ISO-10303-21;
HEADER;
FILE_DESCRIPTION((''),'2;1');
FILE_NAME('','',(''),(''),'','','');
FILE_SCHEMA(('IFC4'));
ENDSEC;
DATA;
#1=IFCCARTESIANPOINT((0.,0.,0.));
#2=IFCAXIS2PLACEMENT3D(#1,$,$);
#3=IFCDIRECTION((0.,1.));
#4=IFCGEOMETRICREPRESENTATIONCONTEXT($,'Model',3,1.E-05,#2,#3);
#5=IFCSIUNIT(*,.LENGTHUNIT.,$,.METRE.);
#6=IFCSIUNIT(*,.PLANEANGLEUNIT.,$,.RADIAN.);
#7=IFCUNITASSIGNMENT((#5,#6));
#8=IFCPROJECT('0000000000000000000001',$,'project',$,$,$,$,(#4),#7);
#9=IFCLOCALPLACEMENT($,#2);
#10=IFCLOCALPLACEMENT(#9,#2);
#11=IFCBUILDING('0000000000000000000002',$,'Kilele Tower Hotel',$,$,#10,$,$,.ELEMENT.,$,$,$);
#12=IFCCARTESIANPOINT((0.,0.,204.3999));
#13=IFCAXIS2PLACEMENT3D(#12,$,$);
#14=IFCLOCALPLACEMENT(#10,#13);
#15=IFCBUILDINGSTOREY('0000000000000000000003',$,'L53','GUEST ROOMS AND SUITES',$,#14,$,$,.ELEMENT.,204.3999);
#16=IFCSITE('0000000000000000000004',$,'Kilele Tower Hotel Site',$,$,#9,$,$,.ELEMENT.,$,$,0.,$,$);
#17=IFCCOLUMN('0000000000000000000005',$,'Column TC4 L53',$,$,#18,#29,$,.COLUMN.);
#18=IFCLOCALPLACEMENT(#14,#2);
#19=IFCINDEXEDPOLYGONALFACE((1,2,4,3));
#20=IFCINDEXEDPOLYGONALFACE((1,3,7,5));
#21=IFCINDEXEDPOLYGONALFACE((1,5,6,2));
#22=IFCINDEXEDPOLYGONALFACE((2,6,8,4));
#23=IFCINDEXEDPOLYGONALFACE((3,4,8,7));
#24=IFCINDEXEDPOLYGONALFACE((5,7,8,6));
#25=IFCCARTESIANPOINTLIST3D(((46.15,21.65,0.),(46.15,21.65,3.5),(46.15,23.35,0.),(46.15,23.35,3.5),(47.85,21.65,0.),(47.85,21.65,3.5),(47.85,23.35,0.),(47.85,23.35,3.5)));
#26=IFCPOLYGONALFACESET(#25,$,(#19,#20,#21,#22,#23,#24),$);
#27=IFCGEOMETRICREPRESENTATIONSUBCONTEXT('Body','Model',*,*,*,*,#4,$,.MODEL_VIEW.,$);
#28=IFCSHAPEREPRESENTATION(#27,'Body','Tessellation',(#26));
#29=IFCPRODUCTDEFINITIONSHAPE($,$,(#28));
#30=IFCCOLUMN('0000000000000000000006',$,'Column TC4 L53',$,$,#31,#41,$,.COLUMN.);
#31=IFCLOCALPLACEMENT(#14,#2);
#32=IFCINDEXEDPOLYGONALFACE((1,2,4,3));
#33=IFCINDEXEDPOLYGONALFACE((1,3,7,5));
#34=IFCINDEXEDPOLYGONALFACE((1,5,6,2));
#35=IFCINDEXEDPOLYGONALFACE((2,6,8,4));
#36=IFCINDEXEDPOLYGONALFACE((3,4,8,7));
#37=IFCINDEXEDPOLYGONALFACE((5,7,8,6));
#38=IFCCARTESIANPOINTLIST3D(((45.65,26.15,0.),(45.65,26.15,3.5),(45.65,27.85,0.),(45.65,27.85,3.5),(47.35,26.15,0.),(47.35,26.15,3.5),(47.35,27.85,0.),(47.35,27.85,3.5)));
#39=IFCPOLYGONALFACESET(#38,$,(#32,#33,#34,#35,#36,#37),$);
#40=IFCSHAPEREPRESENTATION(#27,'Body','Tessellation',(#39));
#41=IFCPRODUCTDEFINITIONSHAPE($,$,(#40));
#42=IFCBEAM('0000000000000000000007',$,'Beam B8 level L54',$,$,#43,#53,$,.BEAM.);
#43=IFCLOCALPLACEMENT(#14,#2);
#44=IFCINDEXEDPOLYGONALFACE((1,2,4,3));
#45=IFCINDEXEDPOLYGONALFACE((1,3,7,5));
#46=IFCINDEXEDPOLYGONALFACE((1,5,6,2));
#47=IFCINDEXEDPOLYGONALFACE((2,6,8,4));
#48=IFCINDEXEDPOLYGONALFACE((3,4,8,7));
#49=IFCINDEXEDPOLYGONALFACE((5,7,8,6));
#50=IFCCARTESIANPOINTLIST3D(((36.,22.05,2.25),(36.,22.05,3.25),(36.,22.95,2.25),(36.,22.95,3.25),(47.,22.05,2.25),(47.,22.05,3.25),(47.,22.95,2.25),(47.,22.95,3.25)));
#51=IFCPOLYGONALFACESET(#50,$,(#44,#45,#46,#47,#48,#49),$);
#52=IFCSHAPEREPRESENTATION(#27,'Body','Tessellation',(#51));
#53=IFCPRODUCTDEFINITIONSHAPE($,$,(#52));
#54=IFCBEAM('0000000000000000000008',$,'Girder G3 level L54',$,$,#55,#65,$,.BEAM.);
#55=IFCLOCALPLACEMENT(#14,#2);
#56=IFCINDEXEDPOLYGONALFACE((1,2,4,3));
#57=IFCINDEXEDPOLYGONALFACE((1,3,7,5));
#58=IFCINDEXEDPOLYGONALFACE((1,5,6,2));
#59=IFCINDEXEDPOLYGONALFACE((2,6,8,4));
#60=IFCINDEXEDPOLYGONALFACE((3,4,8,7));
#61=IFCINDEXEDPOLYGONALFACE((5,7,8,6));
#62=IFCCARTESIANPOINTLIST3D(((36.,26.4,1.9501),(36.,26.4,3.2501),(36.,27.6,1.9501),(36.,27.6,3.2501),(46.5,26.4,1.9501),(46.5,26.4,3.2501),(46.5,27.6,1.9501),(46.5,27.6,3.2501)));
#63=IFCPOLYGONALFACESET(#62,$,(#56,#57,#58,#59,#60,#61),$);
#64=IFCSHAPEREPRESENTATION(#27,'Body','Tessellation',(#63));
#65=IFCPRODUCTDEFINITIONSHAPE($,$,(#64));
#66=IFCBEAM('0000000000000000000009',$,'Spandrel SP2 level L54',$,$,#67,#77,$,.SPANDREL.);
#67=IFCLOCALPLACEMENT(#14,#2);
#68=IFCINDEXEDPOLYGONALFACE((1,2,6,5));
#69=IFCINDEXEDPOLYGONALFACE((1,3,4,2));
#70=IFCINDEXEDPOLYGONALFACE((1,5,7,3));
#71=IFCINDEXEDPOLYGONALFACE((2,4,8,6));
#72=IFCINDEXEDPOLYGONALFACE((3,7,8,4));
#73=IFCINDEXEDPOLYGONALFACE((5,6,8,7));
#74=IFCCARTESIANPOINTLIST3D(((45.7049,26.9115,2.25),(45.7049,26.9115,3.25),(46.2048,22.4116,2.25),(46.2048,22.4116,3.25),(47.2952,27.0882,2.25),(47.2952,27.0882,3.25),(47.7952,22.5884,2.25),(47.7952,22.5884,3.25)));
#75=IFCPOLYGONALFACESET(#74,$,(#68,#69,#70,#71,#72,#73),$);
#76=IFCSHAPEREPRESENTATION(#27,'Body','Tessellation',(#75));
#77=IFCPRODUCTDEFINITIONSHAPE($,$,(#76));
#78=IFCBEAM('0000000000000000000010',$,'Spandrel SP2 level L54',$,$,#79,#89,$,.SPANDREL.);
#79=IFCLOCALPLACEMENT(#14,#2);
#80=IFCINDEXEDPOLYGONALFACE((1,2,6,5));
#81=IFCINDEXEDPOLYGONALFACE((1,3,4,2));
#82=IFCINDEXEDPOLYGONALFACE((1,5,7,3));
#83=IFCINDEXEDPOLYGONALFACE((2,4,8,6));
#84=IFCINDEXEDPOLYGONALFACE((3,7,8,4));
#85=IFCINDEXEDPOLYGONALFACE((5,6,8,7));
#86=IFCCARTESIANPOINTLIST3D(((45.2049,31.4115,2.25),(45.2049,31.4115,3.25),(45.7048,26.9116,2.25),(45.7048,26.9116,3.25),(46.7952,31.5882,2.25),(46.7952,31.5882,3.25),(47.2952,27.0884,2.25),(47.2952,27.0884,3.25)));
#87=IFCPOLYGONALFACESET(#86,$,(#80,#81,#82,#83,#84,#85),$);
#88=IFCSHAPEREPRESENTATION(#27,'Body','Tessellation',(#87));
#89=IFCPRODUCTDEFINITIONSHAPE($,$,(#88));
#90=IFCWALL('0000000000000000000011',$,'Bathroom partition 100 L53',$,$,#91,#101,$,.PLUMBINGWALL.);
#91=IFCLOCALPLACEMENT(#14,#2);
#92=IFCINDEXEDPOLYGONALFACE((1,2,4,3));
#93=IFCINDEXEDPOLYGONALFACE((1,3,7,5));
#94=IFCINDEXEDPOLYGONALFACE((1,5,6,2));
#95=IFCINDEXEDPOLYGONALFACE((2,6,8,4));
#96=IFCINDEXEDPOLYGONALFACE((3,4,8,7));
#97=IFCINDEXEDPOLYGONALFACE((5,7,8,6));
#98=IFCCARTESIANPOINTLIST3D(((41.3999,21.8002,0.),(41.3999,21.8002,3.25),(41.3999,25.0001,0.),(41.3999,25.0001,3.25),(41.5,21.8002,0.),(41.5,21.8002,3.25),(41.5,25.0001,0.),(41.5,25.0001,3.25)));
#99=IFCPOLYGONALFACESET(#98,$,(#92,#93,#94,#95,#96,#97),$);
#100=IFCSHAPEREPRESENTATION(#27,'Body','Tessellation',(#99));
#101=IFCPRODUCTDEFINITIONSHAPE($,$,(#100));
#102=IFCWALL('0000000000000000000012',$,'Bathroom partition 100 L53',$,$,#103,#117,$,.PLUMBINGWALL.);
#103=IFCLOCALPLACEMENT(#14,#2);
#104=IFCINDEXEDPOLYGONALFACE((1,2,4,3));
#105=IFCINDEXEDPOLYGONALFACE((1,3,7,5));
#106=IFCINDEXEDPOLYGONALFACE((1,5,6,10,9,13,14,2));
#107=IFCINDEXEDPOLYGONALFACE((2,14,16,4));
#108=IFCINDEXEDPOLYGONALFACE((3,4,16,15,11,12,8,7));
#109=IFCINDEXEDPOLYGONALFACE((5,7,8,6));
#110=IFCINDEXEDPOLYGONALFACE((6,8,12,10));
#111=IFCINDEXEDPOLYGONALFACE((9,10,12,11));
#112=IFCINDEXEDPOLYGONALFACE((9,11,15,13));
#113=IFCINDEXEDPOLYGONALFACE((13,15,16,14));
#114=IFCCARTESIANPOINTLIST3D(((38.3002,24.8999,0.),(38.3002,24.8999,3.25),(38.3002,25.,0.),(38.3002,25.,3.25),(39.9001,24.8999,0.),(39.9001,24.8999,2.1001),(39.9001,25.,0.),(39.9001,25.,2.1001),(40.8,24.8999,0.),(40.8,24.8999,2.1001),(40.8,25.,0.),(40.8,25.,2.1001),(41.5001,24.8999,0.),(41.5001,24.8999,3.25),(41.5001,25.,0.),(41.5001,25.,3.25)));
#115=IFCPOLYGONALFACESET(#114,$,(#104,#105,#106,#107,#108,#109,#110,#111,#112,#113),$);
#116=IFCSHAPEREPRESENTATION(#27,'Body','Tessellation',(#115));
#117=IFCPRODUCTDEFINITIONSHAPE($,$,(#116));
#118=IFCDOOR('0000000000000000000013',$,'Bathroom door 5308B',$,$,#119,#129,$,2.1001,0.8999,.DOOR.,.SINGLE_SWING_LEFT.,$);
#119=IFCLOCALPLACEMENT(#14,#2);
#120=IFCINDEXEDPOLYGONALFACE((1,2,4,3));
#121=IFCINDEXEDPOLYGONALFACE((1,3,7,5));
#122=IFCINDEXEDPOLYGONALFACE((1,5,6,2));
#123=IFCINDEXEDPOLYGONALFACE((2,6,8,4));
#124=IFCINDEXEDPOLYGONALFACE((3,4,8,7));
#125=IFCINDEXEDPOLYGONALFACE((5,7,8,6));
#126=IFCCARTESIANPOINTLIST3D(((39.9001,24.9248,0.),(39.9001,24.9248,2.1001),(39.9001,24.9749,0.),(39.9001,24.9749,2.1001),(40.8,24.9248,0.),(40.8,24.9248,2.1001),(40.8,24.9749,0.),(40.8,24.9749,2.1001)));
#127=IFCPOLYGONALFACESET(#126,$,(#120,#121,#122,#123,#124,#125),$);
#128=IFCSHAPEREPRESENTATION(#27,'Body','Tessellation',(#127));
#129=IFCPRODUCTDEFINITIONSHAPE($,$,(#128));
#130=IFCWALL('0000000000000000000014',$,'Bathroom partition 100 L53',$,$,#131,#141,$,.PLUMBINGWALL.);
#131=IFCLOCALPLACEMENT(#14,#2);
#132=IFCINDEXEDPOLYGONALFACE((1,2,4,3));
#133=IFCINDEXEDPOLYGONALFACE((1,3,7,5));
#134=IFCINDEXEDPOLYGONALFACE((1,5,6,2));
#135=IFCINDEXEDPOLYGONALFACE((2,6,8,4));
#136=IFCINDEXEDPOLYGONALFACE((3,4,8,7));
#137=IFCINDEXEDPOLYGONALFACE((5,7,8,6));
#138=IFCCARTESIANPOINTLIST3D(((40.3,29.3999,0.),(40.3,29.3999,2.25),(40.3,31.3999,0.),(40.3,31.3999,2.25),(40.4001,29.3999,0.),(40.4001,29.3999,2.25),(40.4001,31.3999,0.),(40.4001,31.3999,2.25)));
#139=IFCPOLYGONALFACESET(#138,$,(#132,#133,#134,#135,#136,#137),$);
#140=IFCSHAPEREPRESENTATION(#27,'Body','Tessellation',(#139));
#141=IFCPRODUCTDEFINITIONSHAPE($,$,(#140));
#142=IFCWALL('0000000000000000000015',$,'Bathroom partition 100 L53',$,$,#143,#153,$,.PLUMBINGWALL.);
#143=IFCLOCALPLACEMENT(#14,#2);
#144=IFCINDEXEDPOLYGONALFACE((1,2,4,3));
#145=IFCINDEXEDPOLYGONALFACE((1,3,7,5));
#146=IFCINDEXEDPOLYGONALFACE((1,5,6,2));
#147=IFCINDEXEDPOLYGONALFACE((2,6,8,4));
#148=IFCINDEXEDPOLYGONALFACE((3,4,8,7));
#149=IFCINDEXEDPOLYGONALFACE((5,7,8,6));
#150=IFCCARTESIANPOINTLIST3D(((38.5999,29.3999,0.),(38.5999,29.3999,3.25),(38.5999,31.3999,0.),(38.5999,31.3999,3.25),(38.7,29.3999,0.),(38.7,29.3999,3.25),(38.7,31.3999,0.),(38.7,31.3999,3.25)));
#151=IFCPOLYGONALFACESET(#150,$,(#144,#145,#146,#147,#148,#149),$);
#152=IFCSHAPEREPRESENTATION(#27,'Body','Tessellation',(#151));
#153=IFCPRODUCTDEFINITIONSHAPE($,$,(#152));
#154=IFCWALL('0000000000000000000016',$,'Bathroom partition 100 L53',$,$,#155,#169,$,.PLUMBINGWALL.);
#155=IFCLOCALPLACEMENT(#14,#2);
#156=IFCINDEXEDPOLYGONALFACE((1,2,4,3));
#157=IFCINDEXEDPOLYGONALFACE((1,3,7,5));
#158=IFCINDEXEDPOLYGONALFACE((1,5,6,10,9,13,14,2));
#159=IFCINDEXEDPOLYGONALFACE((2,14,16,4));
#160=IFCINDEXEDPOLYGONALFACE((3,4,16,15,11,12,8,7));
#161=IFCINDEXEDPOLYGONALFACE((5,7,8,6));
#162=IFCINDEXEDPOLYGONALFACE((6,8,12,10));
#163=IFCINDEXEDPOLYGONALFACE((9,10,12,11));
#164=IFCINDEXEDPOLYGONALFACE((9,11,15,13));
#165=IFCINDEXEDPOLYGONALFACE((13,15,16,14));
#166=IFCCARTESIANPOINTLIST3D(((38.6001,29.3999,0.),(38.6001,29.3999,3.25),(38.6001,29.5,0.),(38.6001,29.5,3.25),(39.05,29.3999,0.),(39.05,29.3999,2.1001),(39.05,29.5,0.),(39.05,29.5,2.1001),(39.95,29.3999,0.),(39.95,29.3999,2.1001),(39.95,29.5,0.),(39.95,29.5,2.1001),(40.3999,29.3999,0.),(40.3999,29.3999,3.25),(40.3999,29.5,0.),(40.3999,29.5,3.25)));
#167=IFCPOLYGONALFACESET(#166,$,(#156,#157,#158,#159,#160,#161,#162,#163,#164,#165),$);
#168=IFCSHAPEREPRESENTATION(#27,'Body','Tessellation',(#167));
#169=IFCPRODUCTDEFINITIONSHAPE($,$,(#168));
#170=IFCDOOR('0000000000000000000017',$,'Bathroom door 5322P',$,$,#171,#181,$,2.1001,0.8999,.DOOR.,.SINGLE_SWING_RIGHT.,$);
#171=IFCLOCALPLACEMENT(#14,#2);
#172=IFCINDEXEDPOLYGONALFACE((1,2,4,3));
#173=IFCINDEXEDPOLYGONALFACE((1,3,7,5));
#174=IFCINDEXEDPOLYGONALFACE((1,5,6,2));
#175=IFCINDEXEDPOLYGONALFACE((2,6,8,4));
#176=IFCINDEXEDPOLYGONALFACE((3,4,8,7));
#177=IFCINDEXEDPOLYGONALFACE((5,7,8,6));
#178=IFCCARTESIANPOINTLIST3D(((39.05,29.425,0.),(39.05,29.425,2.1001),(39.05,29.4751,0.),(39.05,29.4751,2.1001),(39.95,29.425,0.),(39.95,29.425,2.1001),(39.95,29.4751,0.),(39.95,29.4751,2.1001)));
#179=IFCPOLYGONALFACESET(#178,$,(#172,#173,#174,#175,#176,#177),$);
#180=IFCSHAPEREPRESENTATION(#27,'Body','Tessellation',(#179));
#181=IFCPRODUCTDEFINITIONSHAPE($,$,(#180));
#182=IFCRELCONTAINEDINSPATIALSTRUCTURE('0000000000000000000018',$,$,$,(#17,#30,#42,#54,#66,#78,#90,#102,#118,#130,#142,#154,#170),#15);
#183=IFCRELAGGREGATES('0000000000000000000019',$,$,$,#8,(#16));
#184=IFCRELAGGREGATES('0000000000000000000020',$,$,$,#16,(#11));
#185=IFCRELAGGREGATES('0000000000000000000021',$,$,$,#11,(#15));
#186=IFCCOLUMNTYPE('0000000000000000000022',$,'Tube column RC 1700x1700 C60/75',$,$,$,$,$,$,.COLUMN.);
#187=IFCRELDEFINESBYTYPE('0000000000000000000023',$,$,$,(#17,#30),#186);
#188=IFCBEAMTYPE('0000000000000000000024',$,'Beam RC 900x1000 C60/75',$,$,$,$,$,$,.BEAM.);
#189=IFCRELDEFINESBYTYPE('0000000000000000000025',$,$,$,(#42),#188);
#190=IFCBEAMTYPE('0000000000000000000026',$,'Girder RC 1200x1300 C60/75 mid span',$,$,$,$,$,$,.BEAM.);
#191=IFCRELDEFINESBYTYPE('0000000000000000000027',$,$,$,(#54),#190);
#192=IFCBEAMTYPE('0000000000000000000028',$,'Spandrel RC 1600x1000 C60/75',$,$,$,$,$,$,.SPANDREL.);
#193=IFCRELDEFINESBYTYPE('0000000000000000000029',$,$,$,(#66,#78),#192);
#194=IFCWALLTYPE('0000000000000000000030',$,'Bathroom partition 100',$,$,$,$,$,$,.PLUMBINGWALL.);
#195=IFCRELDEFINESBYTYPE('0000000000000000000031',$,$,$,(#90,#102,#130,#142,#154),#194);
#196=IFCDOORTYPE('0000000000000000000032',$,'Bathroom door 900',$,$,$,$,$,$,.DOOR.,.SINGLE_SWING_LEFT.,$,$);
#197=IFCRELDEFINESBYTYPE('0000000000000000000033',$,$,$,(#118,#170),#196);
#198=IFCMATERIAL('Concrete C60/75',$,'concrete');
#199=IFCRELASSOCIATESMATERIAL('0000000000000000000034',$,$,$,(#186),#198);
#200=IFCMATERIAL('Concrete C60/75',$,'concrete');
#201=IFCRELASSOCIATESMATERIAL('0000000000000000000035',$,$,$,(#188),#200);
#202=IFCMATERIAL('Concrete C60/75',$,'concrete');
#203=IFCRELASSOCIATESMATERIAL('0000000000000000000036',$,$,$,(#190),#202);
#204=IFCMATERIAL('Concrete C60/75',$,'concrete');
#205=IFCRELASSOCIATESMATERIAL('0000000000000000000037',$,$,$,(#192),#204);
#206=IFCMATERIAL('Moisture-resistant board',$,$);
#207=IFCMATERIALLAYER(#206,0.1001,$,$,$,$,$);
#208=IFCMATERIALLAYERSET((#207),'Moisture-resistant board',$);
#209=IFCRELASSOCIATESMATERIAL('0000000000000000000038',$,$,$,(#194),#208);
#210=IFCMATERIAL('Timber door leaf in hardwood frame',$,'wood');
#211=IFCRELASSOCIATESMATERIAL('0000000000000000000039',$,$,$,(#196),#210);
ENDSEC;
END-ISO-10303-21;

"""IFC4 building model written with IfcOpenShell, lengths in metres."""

from ifc_helpers import new_model, si_unit, direction, frame, frame_2d, origin, origin_2d, place, context, subcontext, project, spatial, rectangle, extrude, material, layer, layer_set, material_profile, profile_set, type_object, element, fill, save


model = new_model("IFC4")

# Units and contexts
model_context = context("Model", 3, precision=1e-05, world=origin(), true_north=direction((0.0, 1.0)))
body_context = subcontext(model_context, "Body", "Model", "MODEL_VIEW")
ifc_project = project(units=[si_unit("LENGTHUNIT", "METRE"), si_unit("PLANEANGLEUNIT", "RADIAN")], contexts=[model_context])

# Site, building, storey
site_placement = place(None, origin())
site = spatial("IfcSite", under=ifc_project, at=site_placement, Name="Kilele Tower Hotel Site", CompositionType="ELEMENT", RefElevation=0.0)
building_placement = place(site_placement, origin())
building = spatial("IfcBuilding", under=site, at=building_placement, Name="Kilele Tower Hotel", CompositionType="ELEMENT")
storey_placement = place(building_placement, frame((0.0, 0.0, 204.3999)))
storey = spatial("IfcBuildingStorey", under=building, at=storey_placement, Name="L53", Description="GUEST ROOMS AND SUITES", CompositionType="ELEMENT", Elevation=204.3999)

# Columns
ifc_material_1 = material(Name="Concrete C60/75", Category="concrete")
ifc_material_profile_1 = material_profile(ifc_material_1, rectangle(XDim=1.7, YDim=1.7, at=origin_2d()))
ifc_profile_set_1 = profile_set([ifc_material_profile_1], Name="Concrete C60/75")
column_type = type_object("IfcColumnType", Name="Tube column RC 1700x1700 C60/75", PredefinedType="COLUMN", material=ifc_profile_set_1)
for number, where, z_axis, x_axis, name in (
    (1, (47.0, 22.5, 0.0), (0.0, 0.0, 1.0), (1.0, 0.0, 0.0), "Column TC4 L53"),
    (2, (46.5, 27.0, 0.0), (0.0, 0.0, 1.0), (1.0, 0.0, 0.0), "Column TC4 L53"),
):
    element("IfcColumn", number, at=place(storey_placement, frame(where, z_axis=z_axis, x_axis=x_axis)), inside=storey, type_object=column_type, Name=name, PredefinedType="COLUMN", context=body_context, shape_type="SweptSolid", body=[
        extrude(rectangle(XDim=1.7, YDim=1.7, at=origin_2d()), origin(), (0.0, 0.0, 1.0), 3.5),
    ])

# Beams
ifc_material_2 = material(Name="Concrete C60/75", Category="concrete")
ifc_material_profile_2 = material_profile(ifc_material_2, rectangle(XDim=0.8999, YDim=1.0, at=origin_2d()))
ifc_profile_set_2 = profile_set([ifc_material_profile_2], Name="Concrete C60/75")
beam_type_1 = type_object("IfcBeamType", Name="Beam RC 900x1000 C60/75", PredefinedType="BEAM", material=ifc_profile_set_2)
beam_1_placement = place(storey_placement, frame((47.0, 22.5, 2.75), z_axis=(-1.0, 0.0, 0.0), x_axis=(0.0, -1.0, 0.0)))
element("IfcBeam", 3, at=beam_1_placement, inside=storey, type_object=beam_type_1, Name="Beam B8 level L54", PredefinedType="BEAM", context=body_context, shape_type="SweptSolid", body=[
    extrude(rectangle(XDim=0.8999, YDim=1.0, at=origin_2d()), origin(), (0.0, 0.0, 1.0), 11.0),
])
ifc_material_3 = material(Name="Concrete C60/75", Category="concrete")
ifc_material_profile_3 = material_profile(ifc_material_3, rectangle(XDim=1.2, YDim=1.3, at=origin_2d()))
ifc_profile_set_3 = profile_set([ifc_material_profile_3], Name="Concrete C60/75")
beam_type_2 = type_object("IfcBeamType", Name="Girder RC 1200x1300 C60/75 mid span", PredefinedType="BEAM", material=ifc_profile_set_3)
beam_2_placement = place(storey_placement, frame((46.5, 27.0, 2.6001), z_axis=(-1.0, 0.0, 0.0), x_axis=(0.0, -1.0, 0.0)))
element("IfcBeam", 4, at=beam_2_placement, inside=storey, type_object=beam_type_2, Name="Girder G3 level L54", PredefinedType="BEAM", context=body_context, shape_type="SweptSolid", body=[
    extrude(rectangle(XDim=1.2, YDim=1.3, at=origin_2d()), origin(), (0.0, 0.0, 1.0), 10.5),
])
ifc_material_4 = material(Name="Concrete C60/75", Category="concrete")
ifc_material_profile_4 = material_profile(ifc_material_4, rectangle(XDim=1.6001, YDim=1.0, at=origin_2d()))
ifc_profile_set_4 = profile_set([ifc_material_profile_4], Name="Concrete C60/75")
beam_type_3 = type_object("IfcBeamType", Name="Spandrel RC 1600x1000 C60/75", PredefinedType="SPANDREL", material=ifc_profile_set_4)
for number, where, z_axis, x_axis, name in (
    (5, (47.0, 22.5, 2.75), (-0.110432, 0.993884, 0.0), (-0.993884, -0.110432, 0.0), "Spandrel SP2 level L54"),
    (6, (46.5, 27.0, 2.75), (-0.110432, 0.993884, 0.0), (-0.993884, -0.110432, 0.0), "Spandrel SP2 level L54"),
):
    element("IfcBeam", number, at=place(storey_placement, frame(where, z_axis=z_axis, x_axis=x_axis)), inside=storey, type_object=beam_type_3, Name=name, PredefinedType="SPANDREL", context=body_context, shape_type="SweptSolid", body=[
        extrude(rectangle(XDim=1.6001, YDim=1.0, at=origin_2d()), origin(), (0.0, 0.0, 1.0), 4.5276),
    ])

# Wall
ifc_material_5 = material(Name="Moisture-resistant board")
ifc_layer_1 = layer(ifc_material_5, 0.1001)
ifc_layer_set_1 = layer_set([ifc_layer_1], Name="Moisture-resistant board")
wall_type_1 = type_object("IfcWallType", Name="Bathroom partition 100", PredefinedType="PLUMBINGWALL", material=ifc_layer_set_1)
wall_1_placement = place(storey_placement, frame((41.45, 21.8, 0.0), z_axis=(0.0, 0.0, 1.0), x_axis=(0.0, 1.0, 0.0)))
element("IfcWall", 7, at=wall_1_placement, inside=storey, type_object=wall_type_1, Name="Bathroom partition 100 L53", PredefinedType="PLUMBINGWALL", context=body_context, shape_type="SweptSolid", body=[
    extrude(rectangle(XDim=3.2, YDim=0.1001, at=frame_2d((1.6001, 0.0))), origin(), (0.0, 0.0, 1.0), 3.25),
])

# Wall, opening, door
wall_2_placement = place(storey_placement, frame((38.3, 24.95, 0.0), z_axis=(0.0, 0.0, 1.0), x_axis=(1.0, 0.0, 0.0)))
wall_2 = element("IfcWall", 8, at=wall_2_placement, inside=storey, type_object=wall_type_1, Name="Bathroom partition 100 L53", PredefinedType="PLUMBINGWALL", context=body_context, shape_type="SweptSolid", body=[
    extrude(rectangle(XDim=3.2, YDim=0.1001, at=frame_2d((1.6001, 0.0))), origin(), (0.0, 0.0, 1.0), 3.25),
])
opening_1_placement = place(wall_2_placement, frame((1.6001, 0.0, 0.0)))
opening_1 = element("IfcOpeningElement", 9, at=opening_1_placement, cuts=wall_2, PredefinedType="OPENING", context=body_context, shape_type="SweptSolid", body=[
    extrude(rectangle(XDim=0.8999, YDim=2.1001, at=frame_2d((0.45, 1.05))), frame((0.0, 0.0601, 0.0), z_axis=(0.0, -1.0, 0.0), x_axis=(1.0, 0.0, 0.0)), (0.0, 0.0, 1.0), 0.1201),
])
ifc_material_6 = material(Name="Timber door leaf in hardwood frame", Category="wood")
door_type_1 = type_object("IfcDoorType", Name="Bathroom door 900", OperationType="SINGLE_SWING_LEFT", PredefinedType="DOOR", material=ifc_material_6)
door_1_placement = place(opening_1_placement, origin())
door_1 = element("IfcDoor", 10, at=door_1_placement, inside=storey, type_object=door_type_1, Name="Bathroom door 5308B", OperationType="SINGLE_SWING_LEFT", OverallHeight=2.1001, OverallWidth=0.8999, PredefinedType="DOOR", context=body_context, shape_type="SweptSolid", body=[
    extrude(rectangle(XDim=0.8999, YDim=2.1001, at=frame_2d((0.45, 1.05))), frame((0.0, 0.0249, 0.0), z_axis=(0.0, -1.0, 0.0), x_axis=(1.0, 0.0, 0.0)), (0.0, 0.0, 1.0), 0.05),
])
fill(opening_1, door_1)

# Walls
wall_3_placement = place(storey_placement, frame((40.3501, 31.3999, 0.0), z_axis=(0.0, 0.0, 1.0), x_axis=(0.0, -1.0, 0.0)))
element("IfcWall", 11, at=wall_3_placement, inside=storey, type_object=wall_type_1, Name="Bathroom partition 100 L53", PredefinedType="PLUMBINGWALL", context=body_context, shape_type="SweptSolid", body=[
    extrude(rectangle(XDim=2.0, YDim=0.1001, at=frame_2d((1.0, 0.0))), origin(), (0.0, 0.0, 1.0), 2.25),
])
wall_4_placement = place(storey_placement, frame((38.6499, 31.3999, 0.0), z_axis=(0.0, 0.0, 1.0), x_axis=(0.0, -1.0, 0.0)))
element("IfcWall", 12, at=wall_4_placement, inside=storey, type_object=wall_type_1, Name="Bathroom partition 100 L53", PredefinedType="PLUMBINGWALL", context=body_context, shape_type="SweptSolid", body=[
    extrude(rectangle(XDim=2.0, YDim=0.1001, at=frame_2d((1.0, 0.0))), origin(), (0.0, 0.0, 1.0), 3.25),
])

# Wall, opening, door
wall_5_placement = place(storey_placement, frame((38.6001, 29.45, 0.0), z_axis=(0.0, 0.0, 1.0), x_axis=(1.0, 0.0, 0.0)))
wall_5 = element("IfcWall", 13, at=wall_5_placement, inside=storey, type_object=wall_type_1, Name="Bathroom partition 100 L53", PredefinedType="PLUMBINGWALL", context=body_context, shape_type="SweptSolid", body=[
    extrude(rectangle(XDim=1.7998, YDim=0.1001, at=frame_2d((0.8999, 0.0))), origin(), (0.0, 0.0, 1.0), 3.25),
])
opening_2_placement = place(wall_5_placement, frame((1.3499, 0.0, 0.0), z_axis=(0.0, 0.0, 1.0), x_axis=(-1.0, 0.0, 0.0)))
opening_2 = element("IfcOpeningElement", 14, at=opening_2_placement, cuts=wall_5, PredefinedType="OPENING", context=body_context, shape_type="SweptSolid", body=[
    extrude(rectangle(XDim=0.8999, YDim=2.1001, at=frame_2d((0.45, 1.05))), frame((0.0, 0.0601, 0.0), z_axis=(0.0, -1.0, 0.0), x_axis=(1.0, 0.0, 0.0)), (0.0, 0.0, 1.0), 0.1201),
])
door_2_placement = place(opening_2_placement, origin())
door_2 = element("IfcDoor", 15, at=door_2_placement, inside=storey, type_object=door_type_1, Name="Bathroom door 5322P", OperationType="SINGLE_SWING_RIGHT", OverallHeight=2.1001, OverallWidth=0.8999, PredefinedType="DOOR", context=body_context, shape_type="SweptSolid", body=[
    extrude(rectangle(XDim=0.8999, YDim=2.1001, at=frame_2d((0.45, 1.05))), frame((0.0, 0.0249, 0.0), z_axis=(0.0, -1.0, 0.0), x_axis=(1.0, 0.0, 0.0)), (0.0, 0.0, 1.0), 0.05),
])
fill(opening_2, door_2)

save(model, "model.ifc")
